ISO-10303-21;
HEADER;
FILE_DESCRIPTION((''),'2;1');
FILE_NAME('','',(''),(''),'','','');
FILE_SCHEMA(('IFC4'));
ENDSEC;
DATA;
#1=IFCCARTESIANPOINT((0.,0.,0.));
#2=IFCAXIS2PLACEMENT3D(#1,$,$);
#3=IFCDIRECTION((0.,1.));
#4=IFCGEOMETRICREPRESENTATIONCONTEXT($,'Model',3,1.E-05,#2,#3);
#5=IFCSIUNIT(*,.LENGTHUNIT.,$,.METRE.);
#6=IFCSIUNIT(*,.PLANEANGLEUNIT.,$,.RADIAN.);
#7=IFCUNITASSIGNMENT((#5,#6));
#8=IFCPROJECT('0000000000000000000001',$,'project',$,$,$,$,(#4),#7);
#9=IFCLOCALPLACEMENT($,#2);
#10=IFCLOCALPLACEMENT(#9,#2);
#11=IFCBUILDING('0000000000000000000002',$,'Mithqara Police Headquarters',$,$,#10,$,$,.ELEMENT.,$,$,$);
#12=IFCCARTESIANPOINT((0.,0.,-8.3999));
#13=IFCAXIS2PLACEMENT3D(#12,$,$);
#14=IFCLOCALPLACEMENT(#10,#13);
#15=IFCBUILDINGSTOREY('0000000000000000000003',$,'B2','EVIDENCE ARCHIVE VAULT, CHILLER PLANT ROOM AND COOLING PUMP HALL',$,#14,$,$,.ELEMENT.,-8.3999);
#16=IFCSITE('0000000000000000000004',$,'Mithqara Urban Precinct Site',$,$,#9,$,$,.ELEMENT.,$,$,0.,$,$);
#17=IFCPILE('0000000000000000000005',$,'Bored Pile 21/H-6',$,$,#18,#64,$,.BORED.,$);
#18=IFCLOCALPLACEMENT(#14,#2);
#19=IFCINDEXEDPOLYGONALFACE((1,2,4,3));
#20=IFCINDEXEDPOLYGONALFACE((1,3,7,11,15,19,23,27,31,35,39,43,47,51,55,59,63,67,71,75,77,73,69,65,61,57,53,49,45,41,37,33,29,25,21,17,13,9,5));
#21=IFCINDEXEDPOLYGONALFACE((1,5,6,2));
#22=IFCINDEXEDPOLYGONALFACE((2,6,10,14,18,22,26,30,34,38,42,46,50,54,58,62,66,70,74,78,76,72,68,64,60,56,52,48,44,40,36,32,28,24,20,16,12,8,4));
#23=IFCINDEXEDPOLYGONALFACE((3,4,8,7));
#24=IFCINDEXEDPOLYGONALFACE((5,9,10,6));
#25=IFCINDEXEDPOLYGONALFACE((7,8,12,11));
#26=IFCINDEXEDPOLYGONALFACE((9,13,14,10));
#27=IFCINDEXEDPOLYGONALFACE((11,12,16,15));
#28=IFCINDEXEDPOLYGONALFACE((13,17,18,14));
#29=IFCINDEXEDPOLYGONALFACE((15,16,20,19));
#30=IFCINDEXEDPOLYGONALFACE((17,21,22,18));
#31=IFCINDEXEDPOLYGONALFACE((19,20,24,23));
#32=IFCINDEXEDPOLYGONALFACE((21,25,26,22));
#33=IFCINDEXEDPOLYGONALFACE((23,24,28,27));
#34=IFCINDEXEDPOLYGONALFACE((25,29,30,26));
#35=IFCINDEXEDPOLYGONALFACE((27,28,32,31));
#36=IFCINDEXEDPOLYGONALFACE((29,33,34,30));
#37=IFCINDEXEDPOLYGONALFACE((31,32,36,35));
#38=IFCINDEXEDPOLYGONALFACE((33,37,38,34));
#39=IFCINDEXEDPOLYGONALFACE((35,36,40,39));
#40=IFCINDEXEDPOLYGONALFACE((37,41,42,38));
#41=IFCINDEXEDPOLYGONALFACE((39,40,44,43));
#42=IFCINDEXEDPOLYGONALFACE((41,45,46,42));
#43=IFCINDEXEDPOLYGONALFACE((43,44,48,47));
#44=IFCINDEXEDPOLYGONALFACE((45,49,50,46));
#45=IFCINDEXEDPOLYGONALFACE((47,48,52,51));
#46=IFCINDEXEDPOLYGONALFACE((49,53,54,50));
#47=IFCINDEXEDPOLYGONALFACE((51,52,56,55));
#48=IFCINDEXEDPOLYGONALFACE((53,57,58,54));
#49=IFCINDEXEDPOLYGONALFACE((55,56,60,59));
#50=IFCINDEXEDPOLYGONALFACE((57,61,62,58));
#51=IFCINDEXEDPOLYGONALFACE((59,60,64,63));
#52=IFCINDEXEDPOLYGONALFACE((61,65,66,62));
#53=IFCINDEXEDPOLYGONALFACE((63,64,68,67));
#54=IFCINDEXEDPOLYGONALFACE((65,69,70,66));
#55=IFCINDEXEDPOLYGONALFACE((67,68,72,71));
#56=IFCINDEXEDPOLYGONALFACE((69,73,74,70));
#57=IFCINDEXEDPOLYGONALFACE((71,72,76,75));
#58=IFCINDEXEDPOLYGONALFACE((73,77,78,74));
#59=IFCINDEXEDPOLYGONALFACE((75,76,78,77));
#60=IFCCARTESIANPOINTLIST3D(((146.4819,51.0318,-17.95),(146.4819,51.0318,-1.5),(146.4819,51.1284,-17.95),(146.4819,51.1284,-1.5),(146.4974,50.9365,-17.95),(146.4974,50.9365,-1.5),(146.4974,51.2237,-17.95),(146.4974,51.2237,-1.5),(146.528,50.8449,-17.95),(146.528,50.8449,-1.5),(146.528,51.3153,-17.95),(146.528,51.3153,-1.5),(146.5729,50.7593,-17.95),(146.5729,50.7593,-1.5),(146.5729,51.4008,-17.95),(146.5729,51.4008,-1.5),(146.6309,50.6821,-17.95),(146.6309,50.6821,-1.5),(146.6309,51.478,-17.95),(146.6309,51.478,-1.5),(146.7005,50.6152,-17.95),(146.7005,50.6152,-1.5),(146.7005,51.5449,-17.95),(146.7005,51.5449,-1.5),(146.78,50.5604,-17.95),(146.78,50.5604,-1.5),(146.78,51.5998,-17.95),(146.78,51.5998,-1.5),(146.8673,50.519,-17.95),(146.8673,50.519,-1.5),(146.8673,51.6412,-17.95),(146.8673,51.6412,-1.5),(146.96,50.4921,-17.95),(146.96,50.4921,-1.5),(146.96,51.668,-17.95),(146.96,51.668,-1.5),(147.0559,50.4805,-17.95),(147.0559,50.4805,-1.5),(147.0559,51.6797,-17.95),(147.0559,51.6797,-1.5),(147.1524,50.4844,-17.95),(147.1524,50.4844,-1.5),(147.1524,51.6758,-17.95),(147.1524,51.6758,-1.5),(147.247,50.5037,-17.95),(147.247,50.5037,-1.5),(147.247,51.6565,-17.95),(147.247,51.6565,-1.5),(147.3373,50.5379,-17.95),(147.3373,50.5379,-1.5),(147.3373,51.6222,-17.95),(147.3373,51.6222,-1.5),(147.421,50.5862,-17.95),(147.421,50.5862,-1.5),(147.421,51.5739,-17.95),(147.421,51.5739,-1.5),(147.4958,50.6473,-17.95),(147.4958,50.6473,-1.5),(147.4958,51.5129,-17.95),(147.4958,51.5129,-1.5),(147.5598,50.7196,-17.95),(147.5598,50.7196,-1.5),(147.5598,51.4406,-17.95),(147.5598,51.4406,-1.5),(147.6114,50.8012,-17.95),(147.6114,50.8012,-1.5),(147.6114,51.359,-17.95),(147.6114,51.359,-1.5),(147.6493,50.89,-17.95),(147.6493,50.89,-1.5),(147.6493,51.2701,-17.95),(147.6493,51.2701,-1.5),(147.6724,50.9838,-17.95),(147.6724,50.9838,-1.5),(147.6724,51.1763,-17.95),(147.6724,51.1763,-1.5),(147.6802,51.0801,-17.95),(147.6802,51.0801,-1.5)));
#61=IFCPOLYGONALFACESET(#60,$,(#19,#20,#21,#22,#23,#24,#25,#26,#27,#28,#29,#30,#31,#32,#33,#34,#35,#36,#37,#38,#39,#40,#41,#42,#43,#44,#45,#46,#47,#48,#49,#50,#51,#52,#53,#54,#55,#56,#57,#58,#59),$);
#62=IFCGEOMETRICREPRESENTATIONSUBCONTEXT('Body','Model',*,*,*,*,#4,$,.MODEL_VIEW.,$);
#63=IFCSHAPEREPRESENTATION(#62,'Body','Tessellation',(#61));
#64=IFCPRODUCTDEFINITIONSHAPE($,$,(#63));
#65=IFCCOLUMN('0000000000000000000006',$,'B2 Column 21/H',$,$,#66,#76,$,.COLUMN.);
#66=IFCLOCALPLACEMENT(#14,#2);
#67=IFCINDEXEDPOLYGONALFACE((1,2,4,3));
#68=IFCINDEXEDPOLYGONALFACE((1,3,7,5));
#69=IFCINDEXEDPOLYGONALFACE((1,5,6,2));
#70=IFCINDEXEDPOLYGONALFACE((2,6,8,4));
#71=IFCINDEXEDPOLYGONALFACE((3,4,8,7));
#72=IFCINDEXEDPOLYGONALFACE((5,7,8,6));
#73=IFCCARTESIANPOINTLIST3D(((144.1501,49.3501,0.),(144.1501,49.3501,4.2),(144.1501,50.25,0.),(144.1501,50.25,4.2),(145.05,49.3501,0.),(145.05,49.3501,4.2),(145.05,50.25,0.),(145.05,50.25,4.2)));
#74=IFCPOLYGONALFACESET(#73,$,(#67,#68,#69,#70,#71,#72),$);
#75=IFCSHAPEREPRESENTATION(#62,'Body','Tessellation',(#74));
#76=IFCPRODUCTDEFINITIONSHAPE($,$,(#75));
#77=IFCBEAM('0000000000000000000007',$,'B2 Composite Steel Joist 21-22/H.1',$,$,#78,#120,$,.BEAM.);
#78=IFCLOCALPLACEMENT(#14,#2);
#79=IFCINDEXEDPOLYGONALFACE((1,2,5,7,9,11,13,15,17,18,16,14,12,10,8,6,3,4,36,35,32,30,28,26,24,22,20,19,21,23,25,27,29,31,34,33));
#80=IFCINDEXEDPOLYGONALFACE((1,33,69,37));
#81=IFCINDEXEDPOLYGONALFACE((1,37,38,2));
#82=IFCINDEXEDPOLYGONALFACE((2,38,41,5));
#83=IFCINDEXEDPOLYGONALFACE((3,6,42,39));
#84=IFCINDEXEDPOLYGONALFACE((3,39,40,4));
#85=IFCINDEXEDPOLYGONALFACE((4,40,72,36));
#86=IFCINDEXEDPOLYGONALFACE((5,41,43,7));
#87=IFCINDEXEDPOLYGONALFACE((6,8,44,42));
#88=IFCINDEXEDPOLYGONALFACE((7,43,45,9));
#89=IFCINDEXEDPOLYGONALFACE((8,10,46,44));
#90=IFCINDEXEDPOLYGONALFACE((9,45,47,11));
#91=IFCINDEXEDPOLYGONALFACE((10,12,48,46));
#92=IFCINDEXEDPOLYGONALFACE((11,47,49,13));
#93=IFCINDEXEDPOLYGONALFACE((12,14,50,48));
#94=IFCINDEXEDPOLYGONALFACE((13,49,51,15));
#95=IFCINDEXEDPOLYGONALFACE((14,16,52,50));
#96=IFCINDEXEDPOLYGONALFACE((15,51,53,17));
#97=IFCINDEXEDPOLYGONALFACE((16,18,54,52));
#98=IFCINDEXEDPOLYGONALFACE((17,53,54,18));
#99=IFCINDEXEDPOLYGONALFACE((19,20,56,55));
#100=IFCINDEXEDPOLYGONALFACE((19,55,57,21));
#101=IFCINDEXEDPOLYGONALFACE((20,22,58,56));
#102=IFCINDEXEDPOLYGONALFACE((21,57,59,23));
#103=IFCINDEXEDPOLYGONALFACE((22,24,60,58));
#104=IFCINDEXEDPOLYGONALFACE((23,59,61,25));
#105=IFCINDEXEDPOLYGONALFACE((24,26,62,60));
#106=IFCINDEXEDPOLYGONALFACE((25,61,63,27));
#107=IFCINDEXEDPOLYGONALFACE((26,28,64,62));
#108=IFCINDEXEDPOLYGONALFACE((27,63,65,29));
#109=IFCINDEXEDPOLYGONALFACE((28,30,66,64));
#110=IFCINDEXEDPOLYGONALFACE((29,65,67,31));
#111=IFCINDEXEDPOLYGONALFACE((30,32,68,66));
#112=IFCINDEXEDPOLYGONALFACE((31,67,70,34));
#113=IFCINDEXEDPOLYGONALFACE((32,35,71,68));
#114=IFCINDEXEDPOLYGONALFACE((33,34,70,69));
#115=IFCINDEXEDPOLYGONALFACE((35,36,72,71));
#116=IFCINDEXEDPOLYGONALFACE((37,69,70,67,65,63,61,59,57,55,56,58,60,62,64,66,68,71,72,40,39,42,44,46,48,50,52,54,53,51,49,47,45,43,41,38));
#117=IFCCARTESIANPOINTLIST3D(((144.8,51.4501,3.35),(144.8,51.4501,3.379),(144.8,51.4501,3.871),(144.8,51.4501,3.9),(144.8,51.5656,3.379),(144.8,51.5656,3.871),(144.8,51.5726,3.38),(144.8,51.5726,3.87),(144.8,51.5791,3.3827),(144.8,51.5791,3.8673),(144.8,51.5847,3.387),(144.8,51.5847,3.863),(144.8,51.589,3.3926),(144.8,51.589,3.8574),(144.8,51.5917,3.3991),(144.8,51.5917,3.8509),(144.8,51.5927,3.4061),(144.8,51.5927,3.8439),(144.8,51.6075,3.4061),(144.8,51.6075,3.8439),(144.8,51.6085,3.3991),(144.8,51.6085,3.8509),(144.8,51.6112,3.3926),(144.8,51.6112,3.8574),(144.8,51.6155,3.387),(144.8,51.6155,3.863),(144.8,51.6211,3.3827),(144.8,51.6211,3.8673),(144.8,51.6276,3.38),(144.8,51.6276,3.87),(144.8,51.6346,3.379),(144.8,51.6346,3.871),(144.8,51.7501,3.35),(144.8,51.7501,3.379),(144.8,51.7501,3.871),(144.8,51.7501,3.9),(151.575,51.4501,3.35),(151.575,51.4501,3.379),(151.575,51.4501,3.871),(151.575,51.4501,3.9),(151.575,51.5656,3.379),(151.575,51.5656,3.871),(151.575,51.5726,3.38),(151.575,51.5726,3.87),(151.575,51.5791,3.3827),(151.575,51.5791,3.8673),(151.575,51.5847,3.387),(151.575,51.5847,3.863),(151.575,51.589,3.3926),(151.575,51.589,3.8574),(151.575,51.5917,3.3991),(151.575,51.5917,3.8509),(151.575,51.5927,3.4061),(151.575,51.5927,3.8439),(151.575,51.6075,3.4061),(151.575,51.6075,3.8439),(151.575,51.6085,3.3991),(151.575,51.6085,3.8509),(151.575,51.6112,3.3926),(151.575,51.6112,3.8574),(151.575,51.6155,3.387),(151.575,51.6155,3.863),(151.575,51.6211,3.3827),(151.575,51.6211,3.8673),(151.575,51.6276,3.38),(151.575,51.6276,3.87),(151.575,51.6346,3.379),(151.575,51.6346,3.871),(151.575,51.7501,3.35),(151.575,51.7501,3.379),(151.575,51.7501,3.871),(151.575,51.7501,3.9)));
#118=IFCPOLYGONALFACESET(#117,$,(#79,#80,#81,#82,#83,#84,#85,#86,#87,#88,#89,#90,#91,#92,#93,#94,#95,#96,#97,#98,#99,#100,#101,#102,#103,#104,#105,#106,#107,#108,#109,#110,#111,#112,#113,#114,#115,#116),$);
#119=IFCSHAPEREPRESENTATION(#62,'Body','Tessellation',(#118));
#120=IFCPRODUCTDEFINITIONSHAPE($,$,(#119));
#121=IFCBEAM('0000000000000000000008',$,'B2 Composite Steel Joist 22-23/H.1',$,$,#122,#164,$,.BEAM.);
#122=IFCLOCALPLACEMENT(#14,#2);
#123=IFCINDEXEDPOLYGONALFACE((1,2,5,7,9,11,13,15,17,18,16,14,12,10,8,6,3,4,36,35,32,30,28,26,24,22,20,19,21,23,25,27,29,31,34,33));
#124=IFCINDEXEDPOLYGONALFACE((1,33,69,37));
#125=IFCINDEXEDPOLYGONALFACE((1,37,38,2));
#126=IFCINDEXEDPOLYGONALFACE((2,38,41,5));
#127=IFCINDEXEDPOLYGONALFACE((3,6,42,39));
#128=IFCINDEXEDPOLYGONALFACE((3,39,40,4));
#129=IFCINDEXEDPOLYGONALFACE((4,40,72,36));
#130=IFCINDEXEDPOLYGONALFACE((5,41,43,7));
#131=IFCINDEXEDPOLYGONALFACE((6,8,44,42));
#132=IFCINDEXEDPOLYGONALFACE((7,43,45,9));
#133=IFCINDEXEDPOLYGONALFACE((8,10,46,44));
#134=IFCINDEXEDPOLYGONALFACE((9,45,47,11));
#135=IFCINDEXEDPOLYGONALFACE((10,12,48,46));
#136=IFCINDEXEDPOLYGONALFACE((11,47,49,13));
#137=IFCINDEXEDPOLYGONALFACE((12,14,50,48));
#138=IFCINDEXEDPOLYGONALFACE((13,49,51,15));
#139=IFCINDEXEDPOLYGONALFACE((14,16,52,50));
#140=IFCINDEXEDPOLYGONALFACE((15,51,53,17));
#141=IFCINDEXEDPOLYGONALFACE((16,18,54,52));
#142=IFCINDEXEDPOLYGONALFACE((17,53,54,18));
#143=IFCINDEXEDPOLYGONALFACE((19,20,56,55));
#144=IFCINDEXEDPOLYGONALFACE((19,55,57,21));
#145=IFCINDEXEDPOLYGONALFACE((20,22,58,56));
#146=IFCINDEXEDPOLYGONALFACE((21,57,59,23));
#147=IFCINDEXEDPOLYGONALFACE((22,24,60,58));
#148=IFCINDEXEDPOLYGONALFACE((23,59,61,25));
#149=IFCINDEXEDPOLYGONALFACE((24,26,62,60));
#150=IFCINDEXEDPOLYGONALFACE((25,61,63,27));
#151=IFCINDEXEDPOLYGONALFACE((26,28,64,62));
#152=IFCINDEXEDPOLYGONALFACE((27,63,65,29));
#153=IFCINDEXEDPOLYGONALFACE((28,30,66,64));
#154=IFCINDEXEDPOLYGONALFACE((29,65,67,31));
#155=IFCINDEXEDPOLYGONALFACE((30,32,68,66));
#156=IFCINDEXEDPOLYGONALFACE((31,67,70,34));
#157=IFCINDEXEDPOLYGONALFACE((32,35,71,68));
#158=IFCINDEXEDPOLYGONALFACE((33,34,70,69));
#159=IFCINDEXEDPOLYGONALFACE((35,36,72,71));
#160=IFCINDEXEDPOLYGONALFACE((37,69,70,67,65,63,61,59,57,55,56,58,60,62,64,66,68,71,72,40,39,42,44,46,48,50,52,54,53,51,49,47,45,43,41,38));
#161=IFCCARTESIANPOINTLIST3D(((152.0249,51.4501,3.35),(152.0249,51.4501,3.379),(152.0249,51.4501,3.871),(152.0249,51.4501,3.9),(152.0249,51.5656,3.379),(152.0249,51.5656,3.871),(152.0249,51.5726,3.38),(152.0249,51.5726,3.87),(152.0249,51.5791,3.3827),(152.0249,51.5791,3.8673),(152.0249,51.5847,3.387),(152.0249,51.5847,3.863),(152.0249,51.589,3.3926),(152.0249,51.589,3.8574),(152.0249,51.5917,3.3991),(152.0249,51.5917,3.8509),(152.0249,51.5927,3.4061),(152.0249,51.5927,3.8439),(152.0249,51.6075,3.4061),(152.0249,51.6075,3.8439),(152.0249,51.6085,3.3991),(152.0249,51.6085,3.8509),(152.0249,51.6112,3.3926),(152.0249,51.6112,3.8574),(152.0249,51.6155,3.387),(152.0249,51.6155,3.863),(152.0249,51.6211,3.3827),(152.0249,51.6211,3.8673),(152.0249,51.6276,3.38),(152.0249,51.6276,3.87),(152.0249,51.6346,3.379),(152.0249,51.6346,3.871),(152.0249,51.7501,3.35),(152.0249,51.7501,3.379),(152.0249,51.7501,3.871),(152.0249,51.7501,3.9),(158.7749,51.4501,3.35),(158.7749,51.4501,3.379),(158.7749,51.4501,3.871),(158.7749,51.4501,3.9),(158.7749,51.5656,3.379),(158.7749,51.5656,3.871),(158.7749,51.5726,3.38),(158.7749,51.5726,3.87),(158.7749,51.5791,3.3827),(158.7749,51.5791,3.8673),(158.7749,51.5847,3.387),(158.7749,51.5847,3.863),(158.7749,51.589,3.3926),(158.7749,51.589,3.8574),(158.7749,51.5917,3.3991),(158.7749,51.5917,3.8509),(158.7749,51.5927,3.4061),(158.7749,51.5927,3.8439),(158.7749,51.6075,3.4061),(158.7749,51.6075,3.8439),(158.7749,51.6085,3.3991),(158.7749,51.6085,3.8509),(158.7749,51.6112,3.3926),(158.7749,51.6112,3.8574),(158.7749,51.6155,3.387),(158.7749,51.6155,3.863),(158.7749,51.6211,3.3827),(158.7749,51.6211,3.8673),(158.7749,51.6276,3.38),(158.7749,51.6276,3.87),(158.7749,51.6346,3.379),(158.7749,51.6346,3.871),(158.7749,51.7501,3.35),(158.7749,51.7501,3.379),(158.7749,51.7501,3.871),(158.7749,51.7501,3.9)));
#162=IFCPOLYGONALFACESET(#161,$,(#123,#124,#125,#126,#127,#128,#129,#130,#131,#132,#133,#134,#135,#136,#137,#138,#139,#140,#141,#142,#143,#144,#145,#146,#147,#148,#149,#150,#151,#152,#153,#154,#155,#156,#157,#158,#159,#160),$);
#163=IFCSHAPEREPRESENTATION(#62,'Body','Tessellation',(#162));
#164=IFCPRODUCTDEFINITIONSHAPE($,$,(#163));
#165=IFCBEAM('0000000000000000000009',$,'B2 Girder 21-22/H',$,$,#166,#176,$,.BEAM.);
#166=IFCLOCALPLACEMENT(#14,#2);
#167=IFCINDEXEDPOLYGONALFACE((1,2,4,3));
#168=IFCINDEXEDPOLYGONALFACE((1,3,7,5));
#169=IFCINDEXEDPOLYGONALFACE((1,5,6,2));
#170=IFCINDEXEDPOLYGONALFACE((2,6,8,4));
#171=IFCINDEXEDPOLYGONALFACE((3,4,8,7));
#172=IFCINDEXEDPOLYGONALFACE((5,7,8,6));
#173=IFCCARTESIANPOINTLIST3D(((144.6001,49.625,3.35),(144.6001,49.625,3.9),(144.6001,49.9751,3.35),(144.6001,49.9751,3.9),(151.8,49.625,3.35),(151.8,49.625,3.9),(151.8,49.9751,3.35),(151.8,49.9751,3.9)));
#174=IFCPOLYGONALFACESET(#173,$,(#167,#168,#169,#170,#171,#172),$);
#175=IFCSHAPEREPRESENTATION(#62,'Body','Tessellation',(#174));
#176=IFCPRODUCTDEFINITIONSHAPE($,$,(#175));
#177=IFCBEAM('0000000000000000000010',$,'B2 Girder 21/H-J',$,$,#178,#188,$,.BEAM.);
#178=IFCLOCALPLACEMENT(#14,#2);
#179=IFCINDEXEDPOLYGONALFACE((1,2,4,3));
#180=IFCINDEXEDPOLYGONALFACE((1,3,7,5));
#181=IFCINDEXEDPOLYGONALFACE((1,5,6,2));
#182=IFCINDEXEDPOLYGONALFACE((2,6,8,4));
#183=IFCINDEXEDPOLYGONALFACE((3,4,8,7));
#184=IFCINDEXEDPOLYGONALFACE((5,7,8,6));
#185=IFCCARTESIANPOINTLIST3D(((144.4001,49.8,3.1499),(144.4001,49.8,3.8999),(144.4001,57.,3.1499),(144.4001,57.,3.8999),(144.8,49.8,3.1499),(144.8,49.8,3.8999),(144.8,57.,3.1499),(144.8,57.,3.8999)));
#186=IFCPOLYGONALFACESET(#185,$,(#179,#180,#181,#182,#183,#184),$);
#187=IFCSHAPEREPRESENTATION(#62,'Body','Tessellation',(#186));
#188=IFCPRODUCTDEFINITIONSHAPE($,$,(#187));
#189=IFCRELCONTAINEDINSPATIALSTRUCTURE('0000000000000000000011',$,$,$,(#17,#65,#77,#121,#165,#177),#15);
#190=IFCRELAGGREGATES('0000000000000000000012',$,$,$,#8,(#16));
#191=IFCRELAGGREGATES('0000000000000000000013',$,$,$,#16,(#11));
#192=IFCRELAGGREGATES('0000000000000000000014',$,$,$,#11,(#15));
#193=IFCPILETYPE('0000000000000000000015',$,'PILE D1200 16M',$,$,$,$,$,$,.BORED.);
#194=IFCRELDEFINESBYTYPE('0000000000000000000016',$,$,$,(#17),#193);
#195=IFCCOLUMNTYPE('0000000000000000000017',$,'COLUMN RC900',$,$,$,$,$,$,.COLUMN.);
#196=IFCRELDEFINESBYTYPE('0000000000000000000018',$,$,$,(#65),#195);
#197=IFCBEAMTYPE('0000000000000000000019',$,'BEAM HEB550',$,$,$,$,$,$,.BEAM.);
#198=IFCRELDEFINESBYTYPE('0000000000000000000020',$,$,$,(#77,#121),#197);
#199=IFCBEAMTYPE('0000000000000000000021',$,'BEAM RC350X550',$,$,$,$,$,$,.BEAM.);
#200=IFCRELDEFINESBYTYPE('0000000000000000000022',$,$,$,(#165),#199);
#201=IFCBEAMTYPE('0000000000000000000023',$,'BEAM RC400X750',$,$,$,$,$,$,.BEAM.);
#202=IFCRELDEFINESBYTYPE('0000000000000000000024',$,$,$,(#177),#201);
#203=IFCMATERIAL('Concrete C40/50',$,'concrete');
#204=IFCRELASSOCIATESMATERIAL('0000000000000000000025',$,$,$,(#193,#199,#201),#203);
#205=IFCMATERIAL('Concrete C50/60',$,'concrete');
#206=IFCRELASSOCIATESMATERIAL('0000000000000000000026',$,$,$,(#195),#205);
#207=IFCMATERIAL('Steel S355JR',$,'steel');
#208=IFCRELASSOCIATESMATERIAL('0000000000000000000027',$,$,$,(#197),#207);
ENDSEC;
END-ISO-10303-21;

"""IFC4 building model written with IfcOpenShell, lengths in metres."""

from ifc_helpers import new_model, si_unit, direction, frame, origin, origin_2d, place, context, subcontext, project, spatial, rectangle, circle, i_section, extrude, material, material_profile, profile_set, type_object, element, save


model = new_model("IFC4")

# Units and contexts
model_context = context("Model", 3, precision=1e-05, world=origin(), true_north=direction((0.0, 1.0)))
body_context = subcontext(model_context, "Body", "Model", "MODEL_VIEW")
ifc_project = project(units=[si_unit("LENGTHUNIT", "METRE"), si_unit("PLANEANGLEUNIT", "RADIAN")], contexts=[model_context])

# Site, building, storey
site_placement = place(None, origin())
site = spatial("IfcSite", under=ifc_project, at=site_placement, Name="Mithqara Urban Precinct Site", CompositionType="ELEMENT", RefElevation=0.0)
building_placement = place(site_placement, origin())
building = spatial("IfcBuilding", under=site, at=building_placement, Name="Mithqara Police Headquarters", CompositionType="ELEMENT")
storey_placement = place(building_placement, frame((0.0, 0.0, -8.3999)))
storey = spatial("IfcBuildingStorey", under=building, at=storey_placement, Name="B2", Description="EVIDENCE ARCHIVE VAULT, CHILLER PLANT ROOM AND COOLING PUMP HALL", CompositionType="ELEMENT", Elevation=-8.3999)

# Shared definitions
ifc_material_1 = material(Name="Concrete C40/50", Category="concrete")

# Pile
ifc_material_profile_1 = material_profile(ifc_material_1, circle(Radius=0.6001, at=origin_2d()), Name="PILE D1200")
ifc_profile_set_1 = profile_set([ifc_material_profile_1], Name="Concrete C40/50")
pile_type = type_object("IfcPileType", Name="PILE D1200 16M", PredefinedType="BORED", material=ifc_profile_set_1)
for number, where, z_axis, x_axis, name in (
    (1, (147.0801, 51.0801, -1.5), (0.0, 0.0, -1.0), (1.0, 0.0, 0.0), "Bored Pile 21/H-6"),
):
    element("IfcPile", number, at=place(storey_placement, frame(where, z_axis=z_axis, x_axis=x_axis)), inside=storey, type_object=pile_type, Name=name, PredefinedType="BORED", context=body_context, shape_type="SweptSolid", body=[
        extrude(circle(Radius=0.6001, at=origin_2d()), origin(), (0.0, 0.0, 1.0), 16.45),
    ])

# Column
ifc_material_2 = material(Name="Concrete C50/60", Category="concrete")
ifc_material_profile_2 = material_profile(ifc_material_2, rectangle(XDim=0.8999, YDim=0.8999, at=origin_2d()), Name="RC 900x900")
ifc_profile_set_2 = profile_set([ifc_material_profile_2], Name="Concrete C50/60")
column_type = type_object("IfcColumnType", Name="COLUMN RC900", PredefinedType="COLUMN", material=ifc_profile_set_2)
column_placement = place(storey_placement, frame((144.6001, 49.8, 0.0), z_axis=(0.0, 0.0, 1.0), x_axis=(1.0, 0.0, 0.0)))
element("IfcColumn", 2, at=column_placement, inside=storey, type_object=column_type, Name="B2 Column 21/H", PredefinedType="COLUMN", context=body_context, shape_type="SweptSolid", body=[
    extrude(rectangle(XDim=0.8999, YDim=0.8999, at=origin_2d()), origin(), (0.0, 0.0, 1.0), 4.2),
])

# Beams
ifc_material_3 = material(Name="Steel S355JR", Category="steel")
ifc_material_profile_3 = material_profile(ifc_material_3, i_section(OverallWidth=0.3, OverallDepth=0.55, WebThickness=0.0149, FlangeThickness=0.0291, FilletRadius=0.0271, at=origin_2d()), Name="HEB 550")
ifc_profile_set_3 = profile_set([ifc_material_profile_3], Name="Steel S355JR")
beam_type_1 = type_object("IfcBeamType", Name="BEAM HEB550", PredefinedType="BEAM", material=ifc_profile_set_3)
beam_1_placement = place(storey_placement, frame((144.8, 51.6001, 3.625), z_axis=(1.0, 0.0, 0.0), x_axis=(0.0, 1.0, 0.0)))
element("IfcBeam", 3, at=beam_1_placement, inside=storey, type_object=beam_type_1, Name="B2 Composite Steel Joist 21-22/H.1", PredefinedType="BEAM", context=body_context, shape_type="SweptSolid", body=[
    extrude(i_section(OverallWidth=0.3, OverallDepth=0.55, WebThickness=0.0149, FlangeThickness=0.0291, FilletRadius=0.0271, at=origin_2d()), origin(), (0.0, 0.0, 1.0), 6.7749),
])
beam_2_placement = place(storey_placement, frame((152.0249, 51.6001, 3.625), z_axis=(1.0, 0.0, 0.0), x_axis=(0.0, 1.0, 0.0)))
element("IfcBeam", 4, at=beam_2_placement, inside=storey, type_object=beam_type_1, Name="B2 Composite Steel Joist 22-23/H.1", PredefinedType="BEAM", context=body_context, shape_type="SweptSolid", body=[
    extrude(i_section(OverallWidth=0.3, OverallDepth=0.55, WebThickness=0.0149, FlangeThickness=0.0291, FilletRadius=0.0271, at=origin_2d()), origin(), (0.0, 0.0, 1.0), 6.75),
])
ifc_material_profile_4 = material_profile(ifc_material_1, rectangle(XDim=0.3501, YDim=0.55, at=origin_2d()), Name="RC 350x550")
ifc_profile_set_4 = profile_set([ifc_material_profile_4], Name="Concrete C40/50")
beam_type_2 = type_object("IfcBeamType", Name="BEAM RC350X550", PredefinedType="BEAM", material=ifc_profile_set_4)
beam_3_placement = place(storey_placement, frame((144.6001, 49.8, 3.625), z_axis=(1.0, 0.0, 0.0), x_axis=(0.0, 1.0, 0.0)))
element("IfcBeam", 5, at=beam_3_placement, inside=storey, type_object=beam_type_2, Name="B2 Girder 21-22/H", PredefinedType="BEAM", context=body_context, shape_type="SweptSolid", body=[
    extrude(rectangle(XDim=0.3501, YDim=0.55, at=origin_2d()), origin(), (0.0, 0.0, 1.0), 7.2),
])
ifc_material_profile_5 = material_profile(ifc_material_1, rectangle(XDim=0.3999, YDim=0.75, at=origin_2d()), Name="RC 400x750")
ifc_profile_set_5 = profile_set([ifc_material_profile_5], Name="Concrete C40/50")
beam_type_3 = type_object("IfcBeamType", Name="BEAM RC400X750", PredefinedType="BEAM", material=ifc_profile_set_5)
beam_4_placement = place(storey_placement, frame((144.6001, 49.8, 3.5249), z_axis=(0.0, 1.0, 0.0), x_axis=(-1.0, 0.0, 0.0)))
element("IfcBeam", 6, at=beam_4_placement, inside=storey, type_object=beam_type_3, Name="B2 Girder 21/H-J", PredefinedType="BEAM", context=body_context, shape_type="SweptSolid", body=[
    extrude(rectangle(XDim=0.3999, YDim=0.75, at=origin_2d()), origin(), (0.0, 0.0, 1.0), 7.2),
])

save(model, "model.ifc")
